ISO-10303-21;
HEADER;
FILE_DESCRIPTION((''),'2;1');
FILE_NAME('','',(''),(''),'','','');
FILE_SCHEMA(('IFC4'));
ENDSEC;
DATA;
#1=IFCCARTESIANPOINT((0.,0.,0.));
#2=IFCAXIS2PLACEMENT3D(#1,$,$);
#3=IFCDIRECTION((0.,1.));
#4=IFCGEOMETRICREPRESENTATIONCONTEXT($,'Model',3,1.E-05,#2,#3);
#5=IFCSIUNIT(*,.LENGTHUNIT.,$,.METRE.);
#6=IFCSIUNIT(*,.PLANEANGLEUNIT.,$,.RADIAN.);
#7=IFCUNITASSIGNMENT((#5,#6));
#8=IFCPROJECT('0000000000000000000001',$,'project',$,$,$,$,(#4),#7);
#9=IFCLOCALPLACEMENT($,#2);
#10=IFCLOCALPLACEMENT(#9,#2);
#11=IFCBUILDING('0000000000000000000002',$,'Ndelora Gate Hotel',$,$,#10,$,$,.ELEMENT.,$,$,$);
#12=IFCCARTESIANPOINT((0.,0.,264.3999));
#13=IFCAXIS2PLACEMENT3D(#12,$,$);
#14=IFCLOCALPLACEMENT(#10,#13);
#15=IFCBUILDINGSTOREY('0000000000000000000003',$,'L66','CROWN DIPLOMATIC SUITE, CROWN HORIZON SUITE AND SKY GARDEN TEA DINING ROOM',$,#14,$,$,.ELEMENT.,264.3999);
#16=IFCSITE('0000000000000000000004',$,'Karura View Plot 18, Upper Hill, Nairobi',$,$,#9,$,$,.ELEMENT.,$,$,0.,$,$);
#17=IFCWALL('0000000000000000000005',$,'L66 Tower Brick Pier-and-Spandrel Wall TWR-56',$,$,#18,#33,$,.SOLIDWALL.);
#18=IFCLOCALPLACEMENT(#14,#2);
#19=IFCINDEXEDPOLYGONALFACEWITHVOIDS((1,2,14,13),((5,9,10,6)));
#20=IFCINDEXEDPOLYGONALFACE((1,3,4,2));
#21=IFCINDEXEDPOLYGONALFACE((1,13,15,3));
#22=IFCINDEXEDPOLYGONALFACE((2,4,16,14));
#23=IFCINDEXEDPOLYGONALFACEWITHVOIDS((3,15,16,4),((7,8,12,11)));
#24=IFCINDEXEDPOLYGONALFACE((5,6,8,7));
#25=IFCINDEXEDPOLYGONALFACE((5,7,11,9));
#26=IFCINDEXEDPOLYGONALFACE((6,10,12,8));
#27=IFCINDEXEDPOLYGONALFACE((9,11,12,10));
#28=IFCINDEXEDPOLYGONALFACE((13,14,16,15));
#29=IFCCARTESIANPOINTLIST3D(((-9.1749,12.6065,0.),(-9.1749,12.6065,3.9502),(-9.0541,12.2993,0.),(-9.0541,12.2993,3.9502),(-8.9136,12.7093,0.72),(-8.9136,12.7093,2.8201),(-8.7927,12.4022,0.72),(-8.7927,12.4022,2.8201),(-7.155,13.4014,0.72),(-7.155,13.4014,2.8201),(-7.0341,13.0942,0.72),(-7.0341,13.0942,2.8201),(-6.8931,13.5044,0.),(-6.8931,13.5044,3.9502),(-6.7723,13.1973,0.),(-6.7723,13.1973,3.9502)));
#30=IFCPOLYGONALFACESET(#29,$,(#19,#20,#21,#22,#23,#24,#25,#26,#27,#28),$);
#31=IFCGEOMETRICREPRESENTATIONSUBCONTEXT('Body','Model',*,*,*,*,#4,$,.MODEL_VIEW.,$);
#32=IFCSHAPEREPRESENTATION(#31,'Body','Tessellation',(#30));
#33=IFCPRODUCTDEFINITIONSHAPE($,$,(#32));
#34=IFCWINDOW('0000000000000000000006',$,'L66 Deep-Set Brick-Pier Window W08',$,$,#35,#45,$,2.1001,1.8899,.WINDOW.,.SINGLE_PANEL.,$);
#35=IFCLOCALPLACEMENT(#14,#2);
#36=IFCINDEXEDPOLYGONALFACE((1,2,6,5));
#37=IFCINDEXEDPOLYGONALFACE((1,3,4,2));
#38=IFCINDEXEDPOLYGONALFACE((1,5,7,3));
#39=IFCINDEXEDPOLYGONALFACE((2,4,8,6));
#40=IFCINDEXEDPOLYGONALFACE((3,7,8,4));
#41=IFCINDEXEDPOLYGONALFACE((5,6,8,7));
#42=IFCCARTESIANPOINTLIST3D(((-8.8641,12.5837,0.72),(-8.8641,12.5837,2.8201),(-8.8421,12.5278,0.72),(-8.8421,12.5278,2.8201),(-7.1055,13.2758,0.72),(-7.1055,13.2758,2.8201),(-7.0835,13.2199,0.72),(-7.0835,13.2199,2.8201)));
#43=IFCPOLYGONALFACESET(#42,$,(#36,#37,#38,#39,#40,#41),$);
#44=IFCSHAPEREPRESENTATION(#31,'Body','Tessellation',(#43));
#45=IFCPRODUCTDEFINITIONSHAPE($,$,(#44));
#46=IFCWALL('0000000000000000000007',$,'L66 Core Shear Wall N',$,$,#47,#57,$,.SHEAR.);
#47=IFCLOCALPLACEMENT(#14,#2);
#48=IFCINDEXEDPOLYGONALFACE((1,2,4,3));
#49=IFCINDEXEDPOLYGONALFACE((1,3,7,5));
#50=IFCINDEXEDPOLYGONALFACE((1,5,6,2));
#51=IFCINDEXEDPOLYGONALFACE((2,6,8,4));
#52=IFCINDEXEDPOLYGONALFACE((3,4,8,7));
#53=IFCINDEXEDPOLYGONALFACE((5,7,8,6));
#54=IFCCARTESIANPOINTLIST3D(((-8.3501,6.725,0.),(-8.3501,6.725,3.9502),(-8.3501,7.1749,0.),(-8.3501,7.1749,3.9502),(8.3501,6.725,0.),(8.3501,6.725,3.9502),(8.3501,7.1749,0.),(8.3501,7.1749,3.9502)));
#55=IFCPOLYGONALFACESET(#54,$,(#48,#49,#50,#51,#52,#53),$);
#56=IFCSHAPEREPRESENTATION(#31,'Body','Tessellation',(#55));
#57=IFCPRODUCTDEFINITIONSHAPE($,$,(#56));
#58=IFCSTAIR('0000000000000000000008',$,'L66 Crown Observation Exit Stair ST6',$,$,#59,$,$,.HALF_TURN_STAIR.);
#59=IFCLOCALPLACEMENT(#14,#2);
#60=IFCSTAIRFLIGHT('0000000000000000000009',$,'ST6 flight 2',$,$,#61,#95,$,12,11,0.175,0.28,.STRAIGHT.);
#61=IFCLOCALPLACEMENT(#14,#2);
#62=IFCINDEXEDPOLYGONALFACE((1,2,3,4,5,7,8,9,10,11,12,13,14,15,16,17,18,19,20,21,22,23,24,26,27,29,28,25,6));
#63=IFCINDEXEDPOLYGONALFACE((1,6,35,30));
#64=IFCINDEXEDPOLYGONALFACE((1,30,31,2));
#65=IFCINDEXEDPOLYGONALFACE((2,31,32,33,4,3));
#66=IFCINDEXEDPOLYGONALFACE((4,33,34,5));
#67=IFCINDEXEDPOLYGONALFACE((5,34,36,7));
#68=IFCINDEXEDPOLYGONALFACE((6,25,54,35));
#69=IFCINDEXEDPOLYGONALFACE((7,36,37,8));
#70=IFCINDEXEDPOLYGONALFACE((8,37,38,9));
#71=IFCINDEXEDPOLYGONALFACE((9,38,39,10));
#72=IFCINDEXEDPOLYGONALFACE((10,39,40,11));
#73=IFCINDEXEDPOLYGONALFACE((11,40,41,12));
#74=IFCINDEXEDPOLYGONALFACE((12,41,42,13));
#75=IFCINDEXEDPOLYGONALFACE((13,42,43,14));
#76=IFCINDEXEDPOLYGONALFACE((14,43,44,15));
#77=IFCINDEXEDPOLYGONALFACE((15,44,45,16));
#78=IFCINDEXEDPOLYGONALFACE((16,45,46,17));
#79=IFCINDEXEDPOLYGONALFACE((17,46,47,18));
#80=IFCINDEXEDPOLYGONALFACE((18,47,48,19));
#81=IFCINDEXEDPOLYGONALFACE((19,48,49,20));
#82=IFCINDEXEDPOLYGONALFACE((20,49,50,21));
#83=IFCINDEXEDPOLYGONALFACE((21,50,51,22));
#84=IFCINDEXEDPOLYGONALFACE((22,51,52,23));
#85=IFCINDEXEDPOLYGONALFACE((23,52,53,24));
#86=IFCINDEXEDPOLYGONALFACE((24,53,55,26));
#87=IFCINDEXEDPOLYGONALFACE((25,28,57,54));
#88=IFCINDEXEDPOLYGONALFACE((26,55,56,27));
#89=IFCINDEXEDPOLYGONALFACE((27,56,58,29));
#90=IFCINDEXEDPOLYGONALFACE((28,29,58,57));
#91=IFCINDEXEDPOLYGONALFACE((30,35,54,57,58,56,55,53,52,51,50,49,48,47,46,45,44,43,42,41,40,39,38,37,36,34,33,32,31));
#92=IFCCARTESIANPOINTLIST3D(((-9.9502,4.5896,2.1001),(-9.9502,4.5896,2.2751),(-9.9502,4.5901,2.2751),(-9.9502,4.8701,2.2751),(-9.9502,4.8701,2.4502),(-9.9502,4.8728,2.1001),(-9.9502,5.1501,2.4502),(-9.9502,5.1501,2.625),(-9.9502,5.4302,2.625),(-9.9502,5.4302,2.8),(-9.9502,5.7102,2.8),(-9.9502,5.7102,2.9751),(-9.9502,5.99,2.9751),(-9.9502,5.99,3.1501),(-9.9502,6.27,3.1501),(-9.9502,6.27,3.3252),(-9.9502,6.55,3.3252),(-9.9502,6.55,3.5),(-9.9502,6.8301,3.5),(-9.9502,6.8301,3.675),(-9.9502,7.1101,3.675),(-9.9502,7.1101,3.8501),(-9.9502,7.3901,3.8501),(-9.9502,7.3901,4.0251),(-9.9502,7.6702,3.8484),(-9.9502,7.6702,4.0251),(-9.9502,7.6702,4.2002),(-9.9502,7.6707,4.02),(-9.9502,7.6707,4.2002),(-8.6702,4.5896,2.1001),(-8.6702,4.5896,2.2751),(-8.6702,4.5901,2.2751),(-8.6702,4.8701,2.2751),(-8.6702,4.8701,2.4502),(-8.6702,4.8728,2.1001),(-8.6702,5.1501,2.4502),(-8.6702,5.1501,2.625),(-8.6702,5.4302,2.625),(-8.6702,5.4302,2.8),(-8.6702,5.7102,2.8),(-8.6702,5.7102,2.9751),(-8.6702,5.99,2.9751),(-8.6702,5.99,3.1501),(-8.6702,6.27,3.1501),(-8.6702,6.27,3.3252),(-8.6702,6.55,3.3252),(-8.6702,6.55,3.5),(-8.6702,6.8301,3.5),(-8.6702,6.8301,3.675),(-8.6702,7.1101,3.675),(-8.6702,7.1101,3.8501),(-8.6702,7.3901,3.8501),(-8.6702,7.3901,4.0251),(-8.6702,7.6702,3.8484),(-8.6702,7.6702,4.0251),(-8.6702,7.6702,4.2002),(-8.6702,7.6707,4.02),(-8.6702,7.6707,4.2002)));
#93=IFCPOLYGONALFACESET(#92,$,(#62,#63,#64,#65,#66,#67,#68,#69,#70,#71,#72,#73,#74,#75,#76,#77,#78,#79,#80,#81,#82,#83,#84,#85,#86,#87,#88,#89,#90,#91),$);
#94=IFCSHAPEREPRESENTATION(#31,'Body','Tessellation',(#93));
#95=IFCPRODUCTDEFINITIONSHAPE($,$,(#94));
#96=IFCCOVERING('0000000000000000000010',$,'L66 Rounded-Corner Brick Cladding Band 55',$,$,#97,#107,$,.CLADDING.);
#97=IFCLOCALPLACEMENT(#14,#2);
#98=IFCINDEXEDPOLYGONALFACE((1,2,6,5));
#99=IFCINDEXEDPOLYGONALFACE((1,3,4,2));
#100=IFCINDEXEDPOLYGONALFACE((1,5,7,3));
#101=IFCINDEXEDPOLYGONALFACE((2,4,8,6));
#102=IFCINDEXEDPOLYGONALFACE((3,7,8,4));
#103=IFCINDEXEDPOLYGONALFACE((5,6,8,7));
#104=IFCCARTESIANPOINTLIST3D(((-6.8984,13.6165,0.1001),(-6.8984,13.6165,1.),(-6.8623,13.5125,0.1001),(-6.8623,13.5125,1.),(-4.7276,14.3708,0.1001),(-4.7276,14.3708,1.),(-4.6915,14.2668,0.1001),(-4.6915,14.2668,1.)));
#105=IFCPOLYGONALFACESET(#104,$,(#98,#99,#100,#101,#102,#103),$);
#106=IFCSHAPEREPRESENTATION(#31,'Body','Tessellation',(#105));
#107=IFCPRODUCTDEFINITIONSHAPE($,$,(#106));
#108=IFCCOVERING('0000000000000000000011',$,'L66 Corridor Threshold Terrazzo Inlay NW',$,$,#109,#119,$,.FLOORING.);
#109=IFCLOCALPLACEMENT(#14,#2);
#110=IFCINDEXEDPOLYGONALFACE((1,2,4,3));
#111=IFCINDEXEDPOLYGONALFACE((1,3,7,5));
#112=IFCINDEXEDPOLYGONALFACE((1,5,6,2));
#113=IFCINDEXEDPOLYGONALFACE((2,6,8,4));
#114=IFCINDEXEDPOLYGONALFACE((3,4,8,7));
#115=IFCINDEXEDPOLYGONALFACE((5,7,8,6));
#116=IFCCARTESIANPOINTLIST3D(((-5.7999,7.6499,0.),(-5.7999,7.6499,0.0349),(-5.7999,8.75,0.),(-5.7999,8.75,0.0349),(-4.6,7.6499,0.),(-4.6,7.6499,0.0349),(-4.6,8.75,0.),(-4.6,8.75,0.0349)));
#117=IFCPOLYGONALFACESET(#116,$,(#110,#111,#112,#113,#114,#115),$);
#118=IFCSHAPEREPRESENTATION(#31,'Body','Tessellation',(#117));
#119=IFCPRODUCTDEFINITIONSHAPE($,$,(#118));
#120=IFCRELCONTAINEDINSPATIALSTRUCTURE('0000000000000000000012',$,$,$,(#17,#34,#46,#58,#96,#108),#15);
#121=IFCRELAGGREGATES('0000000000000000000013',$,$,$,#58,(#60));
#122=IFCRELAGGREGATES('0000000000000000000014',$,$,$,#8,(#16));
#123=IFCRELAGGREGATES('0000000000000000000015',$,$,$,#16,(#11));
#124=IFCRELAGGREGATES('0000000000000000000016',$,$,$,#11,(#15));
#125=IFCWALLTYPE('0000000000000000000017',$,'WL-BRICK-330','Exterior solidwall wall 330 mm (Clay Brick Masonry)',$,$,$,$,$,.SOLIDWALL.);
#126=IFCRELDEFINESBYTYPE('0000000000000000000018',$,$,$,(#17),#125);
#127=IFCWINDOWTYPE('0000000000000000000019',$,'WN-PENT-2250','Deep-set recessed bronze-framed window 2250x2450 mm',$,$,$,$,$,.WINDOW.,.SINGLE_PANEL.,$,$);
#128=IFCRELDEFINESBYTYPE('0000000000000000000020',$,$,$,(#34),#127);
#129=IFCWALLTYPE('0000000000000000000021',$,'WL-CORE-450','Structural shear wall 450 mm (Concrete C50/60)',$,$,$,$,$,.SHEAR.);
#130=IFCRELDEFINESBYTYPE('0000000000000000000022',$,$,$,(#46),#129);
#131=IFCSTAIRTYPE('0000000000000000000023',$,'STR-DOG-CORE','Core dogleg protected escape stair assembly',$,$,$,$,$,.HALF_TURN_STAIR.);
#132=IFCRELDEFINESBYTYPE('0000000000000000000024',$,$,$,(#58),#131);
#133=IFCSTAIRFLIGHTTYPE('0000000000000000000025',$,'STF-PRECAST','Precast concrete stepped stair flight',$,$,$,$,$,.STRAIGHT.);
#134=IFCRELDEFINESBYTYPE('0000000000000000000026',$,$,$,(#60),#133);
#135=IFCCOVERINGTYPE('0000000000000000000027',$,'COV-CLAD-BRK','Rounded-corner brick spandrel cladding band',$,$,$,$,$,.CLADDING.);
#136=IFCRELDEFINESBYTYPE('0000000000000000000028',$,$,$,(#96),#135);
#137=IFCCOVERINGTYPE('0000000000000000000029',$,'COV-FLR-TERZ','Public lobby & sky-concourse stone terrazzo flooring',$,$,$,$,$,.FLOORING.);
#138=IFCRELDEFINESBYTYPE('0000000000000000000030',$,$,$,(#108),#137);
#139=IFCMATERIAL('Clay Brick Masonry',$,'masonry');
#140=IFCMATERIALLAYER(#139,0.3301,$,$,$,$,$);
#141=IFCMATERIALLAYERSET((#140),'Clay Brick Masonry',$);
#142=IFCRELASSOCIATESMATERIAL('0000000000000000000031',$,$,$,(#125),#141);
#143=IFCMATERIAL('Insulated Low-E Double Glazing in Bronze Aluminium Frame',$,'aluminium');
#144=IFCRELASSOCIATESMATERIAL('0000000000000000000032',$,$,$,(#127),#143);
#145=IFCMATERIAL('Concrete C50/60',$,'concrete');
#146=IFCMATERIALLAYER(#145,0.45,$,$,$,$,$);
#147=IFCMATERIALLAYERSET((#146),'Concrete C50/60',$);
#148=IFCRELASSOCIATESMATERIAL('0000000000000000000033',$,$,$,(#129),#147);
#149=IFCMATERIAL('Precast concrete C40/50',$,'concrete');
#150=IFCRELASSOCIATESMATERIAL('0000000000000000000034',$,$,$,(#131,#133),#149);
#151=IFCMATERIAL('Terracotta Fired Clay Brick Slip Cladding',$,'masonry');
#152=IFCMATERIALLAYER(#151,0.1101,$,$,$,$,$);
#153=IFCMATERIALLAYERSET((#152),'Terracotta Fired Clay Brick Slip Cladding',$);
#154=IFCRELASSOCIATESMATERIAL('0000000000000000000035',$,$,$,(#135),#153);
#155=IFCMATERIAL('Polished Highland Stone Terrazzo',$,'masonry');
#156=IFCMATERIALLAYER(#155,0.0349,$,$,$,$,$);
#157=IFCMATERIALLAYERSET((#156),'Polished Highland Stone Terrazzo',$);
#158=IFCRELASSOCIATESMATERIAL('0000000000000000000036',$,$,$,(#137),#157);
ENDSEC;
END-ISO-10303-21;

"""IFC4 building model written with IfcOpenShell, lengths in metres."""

from ifc_helpers import new_model, si_unit, direction, frame, frame_2d, origin, origin_2d, place, context, subcontext, project, spatial, polyline, rectangle, outline, extrude, material, layer, layer_set, type_object, element, fill, aggregate, save


model = new_model("IFC4")

# Units and contexts
model_context = context("Model", 3, precision=1e-05, world=origin(), true_north=direction((0.0, 1.0)))
body_context = subcontext(model_context, "Body", "Model", "MODEL_VIEW")
ifc_project = project(units=[si_unit("LENGTHUNIT", "METRE"), si_unit("PLANEANGLEUNIT", "RADIAN")], contexts=[model_context])

# Site, building, storey
site_placement = place(None, origin())
site = spatial("IfcSite", under=ifc_project, at=site_placement, Name="Karura View Plot 18, Upper Hill, Nairobi", CompositionType="ELEMENT", RefElevation=0.0)
building_placement = place(site_placement, origin())
building = spatial("IfcBuilding", under=site, at=building_placement, Name="Ndelora Gate Hotel", CompositionType="ELEMENT")
storey_placement = place(building_placement, frame((0.0, 0.0, 264.3999)))
storey = spatial("IfcBuildingStorey", under=building, at=storey_placement, Name="L66", Description="CROWN DIPLOMATIC SUITE, CROWN HORIZON SUITE AND SKY GARDEN TEA DINING ROOM", CompositionType="ELEMENT", Elevation=264.3999)

# Shared definitions
ifc_material_1 = material(Name="Concrete C50/60", Category="concrete")

# Shared definitions
ifc_material_2 = material(Name="Clay Brick Masonry", Category="masonry")
ifc_layer_1 = layer(ifc_material_2, 0.3301)
ifc_layer_set_1 = layer_set([ifc_layer_1], Name="Clay Brick Masonry")
wall_type_1 = type_object("IfcWallType", Name="WL-BRICK-330", Description="Exterior solidwall wall 330 mm (Clay Brick Masonry)", PredefinedType="SOLIDWALL", material=ifc_layer_set_1)

# Wall, opening, window
wall_1_placement = place(storey_placement, frame((-9.1145, 12.4529, 0.0), z_axis=(0.0, 0.0, 1.0), x_axis=(0.930536, 0.366201, 0.0)))
wall_1 = element("IfcWall", 1, at=wall_1_placement, inside=storey, type_object=wall_type_1, Name="L66 Tower Brick Pier-and-Spandrel Wall TWR-56", PredefinedType="SOLIDWALL", context=body_context, shape_type="SweptSolid", body=[
    extrude(rectangle(XDim=2.4521, YDim=0.3301, at=frame_2d((1.2261, 0.0))), origin(), (0.0, 0.0, 1.0), 3.9502),
])
opening_1_placement = place(wall_1_placement, frame((0.281, 0.0, 0.72)))
opening_1 = element("IfcOpeningElement", 2, at=opening_1_placement, cuts=wall_1, PredefinedType="OPENING", context=body_context, shape_type="SweptSolid", body=[
    extrude(rectangle(XDim=1.8899, YDim=2.1001, at=frame_2d((0.9448, 1.05))), frame((0.0, 0.175, 0.0), z_axis=(0.0, -1.0, 0.0), x_axis=(1.0, 0.0, 0.0)), (0.0, 0.0, 1.0), 0.3501),
])
ifc_material_3 = material(Name="Insulated Low-E Double Glazing in Bronze Aluminium Frame", Category="aluminium")
window_type = type_object("IfcWindowType", Name="WN-PENT-2250", Description="Deep-set recessed bronze-framed window 2250x2450 mm", PartitioningType="SINGLE_PANEL", PredefinedType="WINDOW", material=ifc_material_3)
window_placement = place(opening_1_placement, origin())
window = element("IfcWindow", 3, at=window_placement, inside=storey, type_object=window_type, Name="L66 Deep-Set Brick-Pier Window W08", OverallHeight=2.1001, OverallWidth=1.8899, PartitioningType="SINGLE_PANEL", PredefinedType="WINDOW", context=body_context, shape_type="SweptSolid", body=[
    extrude(rectangle(XDim=1.8899, YDim=2.1001, at=frame_2d((0.9448, 1.05))), frame((0.0, 0.03, 0.0), z_axis=(0.0, -1.0, 0.0), x_axis=(1.0, 0.0, 0.0)), (0.0, 0.0, 1.0), 0.0601),
])
fill(opening_1, window)

# Wall
ifc_layer_2 = layer(ifc_material_1, 0.45)
ifc_layer_set_2 = layer_set([ifc_layer_2], Name="Concrete C50/60")
wall_type_2 = type_object("IfcWallType", Name="WL-CORE-450", Description="Structural shear wall 450 mm (Concrete C50/60)", PredefinedType="SHEAR", material=ifc_layer_set_2)
wall_2_placement = place(storey_placement, frame((-8.3501, 6.95, 0.0), z_axis=(0.0, 0.0, 1.0), x_axis=(1.0, 0.0, 0.0)))
element("IfcWall", 4, at=wall_2_placement, inside=storey, type_object=wall_type_2, Name="L66 Core Shear Wall N", PredefinedType="SHEAR", context=body_context, shape_type="SweptSolid", body=[
    extrude(rectangle(XDim=16.7002, YDim=0.45, at=frame_2d((8.3501, 0.0))), origin(), (0.0, 0.0, 1.0), 3.9502),
])

# Stair, stair flight
ifc_material_4 = material(Name="Precast concrete C40/50", Category="concrete")
stair_type = type_object("IfcStairType", Name="STR-DOG-CORE", Description="Core dogleg protected escape stair assembly", PredefinedType="HALF_TURN_STAIR", material=ifc_material_4)
stair_placement = place(storey_placement, origin())
stair = element("IfcStair", 5, at=stair_placement, inside=storey, type_object=stair_type, Name="L66 Crown Observation Exit Stair ST6", PredefinedType="HALF_TURN_STAIR")
stair_flight_type = type_object("IfcStairFlightType", Name="STF-PRECAST", Description="Precast concrete stepped stair flight", PredefinedType="STRAIGHT", material=ifc_material_4)
stair_flight_placement = place(storey_placement, frame((-9.3101, 4.5901, 2.1001), z_axis=(0.0, 0.0, 1.0), x_axis=(0.0, 1.0, 0.0)))
stair_flight = element("IfcStairFlight", 6, at=stair_flight_placement, type_object=stair_flight_type, Name="ST6 flight 2", NumberOfRisers=12, NumberOfTreads=11, PredefinedType="STRAIGHT", RiserHeight=0.175, TreadLength=0.28, context=body_context, shape_type="SweptSolid", body=[
    extrude(outline(polyline([(-0.0005, 0.0), (-0.0005, 0.175), (0.0, 0.175), (0.28, 0.175), (0.28, 0.3501), (0.5601, 0.3501), (0.5601, 0.5249), (0.8401, 0.5249), (0.8401, 0.7), (1.1201, 0.7), (1.1201, 0.875), (1.3999, 0.875), (1.3999, 1.05), (1.6799, 1.05), (1.6799, 1.2251), (1.96, 1.2251), (1.96, 1.3999), (2.24, 1.3999), (2.24, 1.575), (2.52, 1.575), (2.52, 1.75), (2.8, 1.75), (2.8, 1.925), (3.0801, 1.925), (3.0801, 2.1001), (3.0806, 2.1001), (3.0806, 1.9199), (3.0801, 1.7483), (0.2827, 0.0), (-0.0005, 0.0)])), frame((0.0, 0.6401, 0.0), z_axis=(0.0, -1.0, 0.0), x_axis=(1.0, 0.0, 0.0)), (0.0, 0.0, 1.0), 1.28),
])
aggregate(stair, [stair_flight])

# Coverings
ifc_material_5 = material(Name="Terracotta Fired Clay Brick Slip Cladding", Category="masonry")
ifc_layer_3 = layer(ifc_material_5, 0.1101)
ifc_layer_set_3 = layer_set([ifc_layer_3], Name="Terracotta Fired Clay Brick Slip Cladding")
covering_type_1 = type_object("IfcCoveringType", Name="COV-CLAD-BRK", Description="Rounded-corner brick spandrel cladding band", PredefinedType="CLADDING", material=ifc_layer_set_3)
covering_1_placement = place(storey_placement, frame((-5.7949, 13.9417, 0.1001), z_axis=(0.0, 0.0, 1.0), x_axis=(0.944606, 0.328207, 0.0)))
element("IfcCovering", 7, at=covering_1_placement, inside=storey, type_object=covering_type_1, Name="L66 Rounded-Corner Brick Cladding Band 55", PredefinedType="CLADDING", context=body_context, shape_type="SweptSolid", body=[
    extrude(rectangle(XDim=2.2981, YDim=0.1101, at=origin_2d()), origin(), (0.0, 0.0, 1.0), 0.8999),
])
ifc_material_6 = material(Name="Polished Highland Stone Terrazzo", Category="masonry")
ifc_layer_4 = layer(ifc_material_6, 0.0349)
ifc_layer_set_4 = layer_set([ifc_layer_4], Name="Polished Highland Stone Terrazzo")
covering_type_2 = type_object("IfcCoveringType", Name="COV-FLR-TERZ", Description="Public lobby & sky-concourse stone terrazzo flooring", PredefinedType="FLOORING", material=ifc_layer_set_4)
covering_2_placement = place(storey_placement, frame((-5.2, 8.2, 0.0), z_axis=(0.0, 0.0, 1.0), x_axis=(1.0, 0.0, 0.0)))
element("IfcCovering", 8, at=covering_2_placement, inside=storey, type_object=covering_type_2, Name="L66 Corridor Threshold Terrazzo Inlay NW", PredefinedType="FLOORING", context=body_context, shape_type="SweptSolid", body=[
    extrude(rectangle(XDim=1.2, YDim=1.1001, at=origin_2d()), origin(), (0.0, 0.0, 1.0), 0.0349),
])

save(model, "model.ifc")
